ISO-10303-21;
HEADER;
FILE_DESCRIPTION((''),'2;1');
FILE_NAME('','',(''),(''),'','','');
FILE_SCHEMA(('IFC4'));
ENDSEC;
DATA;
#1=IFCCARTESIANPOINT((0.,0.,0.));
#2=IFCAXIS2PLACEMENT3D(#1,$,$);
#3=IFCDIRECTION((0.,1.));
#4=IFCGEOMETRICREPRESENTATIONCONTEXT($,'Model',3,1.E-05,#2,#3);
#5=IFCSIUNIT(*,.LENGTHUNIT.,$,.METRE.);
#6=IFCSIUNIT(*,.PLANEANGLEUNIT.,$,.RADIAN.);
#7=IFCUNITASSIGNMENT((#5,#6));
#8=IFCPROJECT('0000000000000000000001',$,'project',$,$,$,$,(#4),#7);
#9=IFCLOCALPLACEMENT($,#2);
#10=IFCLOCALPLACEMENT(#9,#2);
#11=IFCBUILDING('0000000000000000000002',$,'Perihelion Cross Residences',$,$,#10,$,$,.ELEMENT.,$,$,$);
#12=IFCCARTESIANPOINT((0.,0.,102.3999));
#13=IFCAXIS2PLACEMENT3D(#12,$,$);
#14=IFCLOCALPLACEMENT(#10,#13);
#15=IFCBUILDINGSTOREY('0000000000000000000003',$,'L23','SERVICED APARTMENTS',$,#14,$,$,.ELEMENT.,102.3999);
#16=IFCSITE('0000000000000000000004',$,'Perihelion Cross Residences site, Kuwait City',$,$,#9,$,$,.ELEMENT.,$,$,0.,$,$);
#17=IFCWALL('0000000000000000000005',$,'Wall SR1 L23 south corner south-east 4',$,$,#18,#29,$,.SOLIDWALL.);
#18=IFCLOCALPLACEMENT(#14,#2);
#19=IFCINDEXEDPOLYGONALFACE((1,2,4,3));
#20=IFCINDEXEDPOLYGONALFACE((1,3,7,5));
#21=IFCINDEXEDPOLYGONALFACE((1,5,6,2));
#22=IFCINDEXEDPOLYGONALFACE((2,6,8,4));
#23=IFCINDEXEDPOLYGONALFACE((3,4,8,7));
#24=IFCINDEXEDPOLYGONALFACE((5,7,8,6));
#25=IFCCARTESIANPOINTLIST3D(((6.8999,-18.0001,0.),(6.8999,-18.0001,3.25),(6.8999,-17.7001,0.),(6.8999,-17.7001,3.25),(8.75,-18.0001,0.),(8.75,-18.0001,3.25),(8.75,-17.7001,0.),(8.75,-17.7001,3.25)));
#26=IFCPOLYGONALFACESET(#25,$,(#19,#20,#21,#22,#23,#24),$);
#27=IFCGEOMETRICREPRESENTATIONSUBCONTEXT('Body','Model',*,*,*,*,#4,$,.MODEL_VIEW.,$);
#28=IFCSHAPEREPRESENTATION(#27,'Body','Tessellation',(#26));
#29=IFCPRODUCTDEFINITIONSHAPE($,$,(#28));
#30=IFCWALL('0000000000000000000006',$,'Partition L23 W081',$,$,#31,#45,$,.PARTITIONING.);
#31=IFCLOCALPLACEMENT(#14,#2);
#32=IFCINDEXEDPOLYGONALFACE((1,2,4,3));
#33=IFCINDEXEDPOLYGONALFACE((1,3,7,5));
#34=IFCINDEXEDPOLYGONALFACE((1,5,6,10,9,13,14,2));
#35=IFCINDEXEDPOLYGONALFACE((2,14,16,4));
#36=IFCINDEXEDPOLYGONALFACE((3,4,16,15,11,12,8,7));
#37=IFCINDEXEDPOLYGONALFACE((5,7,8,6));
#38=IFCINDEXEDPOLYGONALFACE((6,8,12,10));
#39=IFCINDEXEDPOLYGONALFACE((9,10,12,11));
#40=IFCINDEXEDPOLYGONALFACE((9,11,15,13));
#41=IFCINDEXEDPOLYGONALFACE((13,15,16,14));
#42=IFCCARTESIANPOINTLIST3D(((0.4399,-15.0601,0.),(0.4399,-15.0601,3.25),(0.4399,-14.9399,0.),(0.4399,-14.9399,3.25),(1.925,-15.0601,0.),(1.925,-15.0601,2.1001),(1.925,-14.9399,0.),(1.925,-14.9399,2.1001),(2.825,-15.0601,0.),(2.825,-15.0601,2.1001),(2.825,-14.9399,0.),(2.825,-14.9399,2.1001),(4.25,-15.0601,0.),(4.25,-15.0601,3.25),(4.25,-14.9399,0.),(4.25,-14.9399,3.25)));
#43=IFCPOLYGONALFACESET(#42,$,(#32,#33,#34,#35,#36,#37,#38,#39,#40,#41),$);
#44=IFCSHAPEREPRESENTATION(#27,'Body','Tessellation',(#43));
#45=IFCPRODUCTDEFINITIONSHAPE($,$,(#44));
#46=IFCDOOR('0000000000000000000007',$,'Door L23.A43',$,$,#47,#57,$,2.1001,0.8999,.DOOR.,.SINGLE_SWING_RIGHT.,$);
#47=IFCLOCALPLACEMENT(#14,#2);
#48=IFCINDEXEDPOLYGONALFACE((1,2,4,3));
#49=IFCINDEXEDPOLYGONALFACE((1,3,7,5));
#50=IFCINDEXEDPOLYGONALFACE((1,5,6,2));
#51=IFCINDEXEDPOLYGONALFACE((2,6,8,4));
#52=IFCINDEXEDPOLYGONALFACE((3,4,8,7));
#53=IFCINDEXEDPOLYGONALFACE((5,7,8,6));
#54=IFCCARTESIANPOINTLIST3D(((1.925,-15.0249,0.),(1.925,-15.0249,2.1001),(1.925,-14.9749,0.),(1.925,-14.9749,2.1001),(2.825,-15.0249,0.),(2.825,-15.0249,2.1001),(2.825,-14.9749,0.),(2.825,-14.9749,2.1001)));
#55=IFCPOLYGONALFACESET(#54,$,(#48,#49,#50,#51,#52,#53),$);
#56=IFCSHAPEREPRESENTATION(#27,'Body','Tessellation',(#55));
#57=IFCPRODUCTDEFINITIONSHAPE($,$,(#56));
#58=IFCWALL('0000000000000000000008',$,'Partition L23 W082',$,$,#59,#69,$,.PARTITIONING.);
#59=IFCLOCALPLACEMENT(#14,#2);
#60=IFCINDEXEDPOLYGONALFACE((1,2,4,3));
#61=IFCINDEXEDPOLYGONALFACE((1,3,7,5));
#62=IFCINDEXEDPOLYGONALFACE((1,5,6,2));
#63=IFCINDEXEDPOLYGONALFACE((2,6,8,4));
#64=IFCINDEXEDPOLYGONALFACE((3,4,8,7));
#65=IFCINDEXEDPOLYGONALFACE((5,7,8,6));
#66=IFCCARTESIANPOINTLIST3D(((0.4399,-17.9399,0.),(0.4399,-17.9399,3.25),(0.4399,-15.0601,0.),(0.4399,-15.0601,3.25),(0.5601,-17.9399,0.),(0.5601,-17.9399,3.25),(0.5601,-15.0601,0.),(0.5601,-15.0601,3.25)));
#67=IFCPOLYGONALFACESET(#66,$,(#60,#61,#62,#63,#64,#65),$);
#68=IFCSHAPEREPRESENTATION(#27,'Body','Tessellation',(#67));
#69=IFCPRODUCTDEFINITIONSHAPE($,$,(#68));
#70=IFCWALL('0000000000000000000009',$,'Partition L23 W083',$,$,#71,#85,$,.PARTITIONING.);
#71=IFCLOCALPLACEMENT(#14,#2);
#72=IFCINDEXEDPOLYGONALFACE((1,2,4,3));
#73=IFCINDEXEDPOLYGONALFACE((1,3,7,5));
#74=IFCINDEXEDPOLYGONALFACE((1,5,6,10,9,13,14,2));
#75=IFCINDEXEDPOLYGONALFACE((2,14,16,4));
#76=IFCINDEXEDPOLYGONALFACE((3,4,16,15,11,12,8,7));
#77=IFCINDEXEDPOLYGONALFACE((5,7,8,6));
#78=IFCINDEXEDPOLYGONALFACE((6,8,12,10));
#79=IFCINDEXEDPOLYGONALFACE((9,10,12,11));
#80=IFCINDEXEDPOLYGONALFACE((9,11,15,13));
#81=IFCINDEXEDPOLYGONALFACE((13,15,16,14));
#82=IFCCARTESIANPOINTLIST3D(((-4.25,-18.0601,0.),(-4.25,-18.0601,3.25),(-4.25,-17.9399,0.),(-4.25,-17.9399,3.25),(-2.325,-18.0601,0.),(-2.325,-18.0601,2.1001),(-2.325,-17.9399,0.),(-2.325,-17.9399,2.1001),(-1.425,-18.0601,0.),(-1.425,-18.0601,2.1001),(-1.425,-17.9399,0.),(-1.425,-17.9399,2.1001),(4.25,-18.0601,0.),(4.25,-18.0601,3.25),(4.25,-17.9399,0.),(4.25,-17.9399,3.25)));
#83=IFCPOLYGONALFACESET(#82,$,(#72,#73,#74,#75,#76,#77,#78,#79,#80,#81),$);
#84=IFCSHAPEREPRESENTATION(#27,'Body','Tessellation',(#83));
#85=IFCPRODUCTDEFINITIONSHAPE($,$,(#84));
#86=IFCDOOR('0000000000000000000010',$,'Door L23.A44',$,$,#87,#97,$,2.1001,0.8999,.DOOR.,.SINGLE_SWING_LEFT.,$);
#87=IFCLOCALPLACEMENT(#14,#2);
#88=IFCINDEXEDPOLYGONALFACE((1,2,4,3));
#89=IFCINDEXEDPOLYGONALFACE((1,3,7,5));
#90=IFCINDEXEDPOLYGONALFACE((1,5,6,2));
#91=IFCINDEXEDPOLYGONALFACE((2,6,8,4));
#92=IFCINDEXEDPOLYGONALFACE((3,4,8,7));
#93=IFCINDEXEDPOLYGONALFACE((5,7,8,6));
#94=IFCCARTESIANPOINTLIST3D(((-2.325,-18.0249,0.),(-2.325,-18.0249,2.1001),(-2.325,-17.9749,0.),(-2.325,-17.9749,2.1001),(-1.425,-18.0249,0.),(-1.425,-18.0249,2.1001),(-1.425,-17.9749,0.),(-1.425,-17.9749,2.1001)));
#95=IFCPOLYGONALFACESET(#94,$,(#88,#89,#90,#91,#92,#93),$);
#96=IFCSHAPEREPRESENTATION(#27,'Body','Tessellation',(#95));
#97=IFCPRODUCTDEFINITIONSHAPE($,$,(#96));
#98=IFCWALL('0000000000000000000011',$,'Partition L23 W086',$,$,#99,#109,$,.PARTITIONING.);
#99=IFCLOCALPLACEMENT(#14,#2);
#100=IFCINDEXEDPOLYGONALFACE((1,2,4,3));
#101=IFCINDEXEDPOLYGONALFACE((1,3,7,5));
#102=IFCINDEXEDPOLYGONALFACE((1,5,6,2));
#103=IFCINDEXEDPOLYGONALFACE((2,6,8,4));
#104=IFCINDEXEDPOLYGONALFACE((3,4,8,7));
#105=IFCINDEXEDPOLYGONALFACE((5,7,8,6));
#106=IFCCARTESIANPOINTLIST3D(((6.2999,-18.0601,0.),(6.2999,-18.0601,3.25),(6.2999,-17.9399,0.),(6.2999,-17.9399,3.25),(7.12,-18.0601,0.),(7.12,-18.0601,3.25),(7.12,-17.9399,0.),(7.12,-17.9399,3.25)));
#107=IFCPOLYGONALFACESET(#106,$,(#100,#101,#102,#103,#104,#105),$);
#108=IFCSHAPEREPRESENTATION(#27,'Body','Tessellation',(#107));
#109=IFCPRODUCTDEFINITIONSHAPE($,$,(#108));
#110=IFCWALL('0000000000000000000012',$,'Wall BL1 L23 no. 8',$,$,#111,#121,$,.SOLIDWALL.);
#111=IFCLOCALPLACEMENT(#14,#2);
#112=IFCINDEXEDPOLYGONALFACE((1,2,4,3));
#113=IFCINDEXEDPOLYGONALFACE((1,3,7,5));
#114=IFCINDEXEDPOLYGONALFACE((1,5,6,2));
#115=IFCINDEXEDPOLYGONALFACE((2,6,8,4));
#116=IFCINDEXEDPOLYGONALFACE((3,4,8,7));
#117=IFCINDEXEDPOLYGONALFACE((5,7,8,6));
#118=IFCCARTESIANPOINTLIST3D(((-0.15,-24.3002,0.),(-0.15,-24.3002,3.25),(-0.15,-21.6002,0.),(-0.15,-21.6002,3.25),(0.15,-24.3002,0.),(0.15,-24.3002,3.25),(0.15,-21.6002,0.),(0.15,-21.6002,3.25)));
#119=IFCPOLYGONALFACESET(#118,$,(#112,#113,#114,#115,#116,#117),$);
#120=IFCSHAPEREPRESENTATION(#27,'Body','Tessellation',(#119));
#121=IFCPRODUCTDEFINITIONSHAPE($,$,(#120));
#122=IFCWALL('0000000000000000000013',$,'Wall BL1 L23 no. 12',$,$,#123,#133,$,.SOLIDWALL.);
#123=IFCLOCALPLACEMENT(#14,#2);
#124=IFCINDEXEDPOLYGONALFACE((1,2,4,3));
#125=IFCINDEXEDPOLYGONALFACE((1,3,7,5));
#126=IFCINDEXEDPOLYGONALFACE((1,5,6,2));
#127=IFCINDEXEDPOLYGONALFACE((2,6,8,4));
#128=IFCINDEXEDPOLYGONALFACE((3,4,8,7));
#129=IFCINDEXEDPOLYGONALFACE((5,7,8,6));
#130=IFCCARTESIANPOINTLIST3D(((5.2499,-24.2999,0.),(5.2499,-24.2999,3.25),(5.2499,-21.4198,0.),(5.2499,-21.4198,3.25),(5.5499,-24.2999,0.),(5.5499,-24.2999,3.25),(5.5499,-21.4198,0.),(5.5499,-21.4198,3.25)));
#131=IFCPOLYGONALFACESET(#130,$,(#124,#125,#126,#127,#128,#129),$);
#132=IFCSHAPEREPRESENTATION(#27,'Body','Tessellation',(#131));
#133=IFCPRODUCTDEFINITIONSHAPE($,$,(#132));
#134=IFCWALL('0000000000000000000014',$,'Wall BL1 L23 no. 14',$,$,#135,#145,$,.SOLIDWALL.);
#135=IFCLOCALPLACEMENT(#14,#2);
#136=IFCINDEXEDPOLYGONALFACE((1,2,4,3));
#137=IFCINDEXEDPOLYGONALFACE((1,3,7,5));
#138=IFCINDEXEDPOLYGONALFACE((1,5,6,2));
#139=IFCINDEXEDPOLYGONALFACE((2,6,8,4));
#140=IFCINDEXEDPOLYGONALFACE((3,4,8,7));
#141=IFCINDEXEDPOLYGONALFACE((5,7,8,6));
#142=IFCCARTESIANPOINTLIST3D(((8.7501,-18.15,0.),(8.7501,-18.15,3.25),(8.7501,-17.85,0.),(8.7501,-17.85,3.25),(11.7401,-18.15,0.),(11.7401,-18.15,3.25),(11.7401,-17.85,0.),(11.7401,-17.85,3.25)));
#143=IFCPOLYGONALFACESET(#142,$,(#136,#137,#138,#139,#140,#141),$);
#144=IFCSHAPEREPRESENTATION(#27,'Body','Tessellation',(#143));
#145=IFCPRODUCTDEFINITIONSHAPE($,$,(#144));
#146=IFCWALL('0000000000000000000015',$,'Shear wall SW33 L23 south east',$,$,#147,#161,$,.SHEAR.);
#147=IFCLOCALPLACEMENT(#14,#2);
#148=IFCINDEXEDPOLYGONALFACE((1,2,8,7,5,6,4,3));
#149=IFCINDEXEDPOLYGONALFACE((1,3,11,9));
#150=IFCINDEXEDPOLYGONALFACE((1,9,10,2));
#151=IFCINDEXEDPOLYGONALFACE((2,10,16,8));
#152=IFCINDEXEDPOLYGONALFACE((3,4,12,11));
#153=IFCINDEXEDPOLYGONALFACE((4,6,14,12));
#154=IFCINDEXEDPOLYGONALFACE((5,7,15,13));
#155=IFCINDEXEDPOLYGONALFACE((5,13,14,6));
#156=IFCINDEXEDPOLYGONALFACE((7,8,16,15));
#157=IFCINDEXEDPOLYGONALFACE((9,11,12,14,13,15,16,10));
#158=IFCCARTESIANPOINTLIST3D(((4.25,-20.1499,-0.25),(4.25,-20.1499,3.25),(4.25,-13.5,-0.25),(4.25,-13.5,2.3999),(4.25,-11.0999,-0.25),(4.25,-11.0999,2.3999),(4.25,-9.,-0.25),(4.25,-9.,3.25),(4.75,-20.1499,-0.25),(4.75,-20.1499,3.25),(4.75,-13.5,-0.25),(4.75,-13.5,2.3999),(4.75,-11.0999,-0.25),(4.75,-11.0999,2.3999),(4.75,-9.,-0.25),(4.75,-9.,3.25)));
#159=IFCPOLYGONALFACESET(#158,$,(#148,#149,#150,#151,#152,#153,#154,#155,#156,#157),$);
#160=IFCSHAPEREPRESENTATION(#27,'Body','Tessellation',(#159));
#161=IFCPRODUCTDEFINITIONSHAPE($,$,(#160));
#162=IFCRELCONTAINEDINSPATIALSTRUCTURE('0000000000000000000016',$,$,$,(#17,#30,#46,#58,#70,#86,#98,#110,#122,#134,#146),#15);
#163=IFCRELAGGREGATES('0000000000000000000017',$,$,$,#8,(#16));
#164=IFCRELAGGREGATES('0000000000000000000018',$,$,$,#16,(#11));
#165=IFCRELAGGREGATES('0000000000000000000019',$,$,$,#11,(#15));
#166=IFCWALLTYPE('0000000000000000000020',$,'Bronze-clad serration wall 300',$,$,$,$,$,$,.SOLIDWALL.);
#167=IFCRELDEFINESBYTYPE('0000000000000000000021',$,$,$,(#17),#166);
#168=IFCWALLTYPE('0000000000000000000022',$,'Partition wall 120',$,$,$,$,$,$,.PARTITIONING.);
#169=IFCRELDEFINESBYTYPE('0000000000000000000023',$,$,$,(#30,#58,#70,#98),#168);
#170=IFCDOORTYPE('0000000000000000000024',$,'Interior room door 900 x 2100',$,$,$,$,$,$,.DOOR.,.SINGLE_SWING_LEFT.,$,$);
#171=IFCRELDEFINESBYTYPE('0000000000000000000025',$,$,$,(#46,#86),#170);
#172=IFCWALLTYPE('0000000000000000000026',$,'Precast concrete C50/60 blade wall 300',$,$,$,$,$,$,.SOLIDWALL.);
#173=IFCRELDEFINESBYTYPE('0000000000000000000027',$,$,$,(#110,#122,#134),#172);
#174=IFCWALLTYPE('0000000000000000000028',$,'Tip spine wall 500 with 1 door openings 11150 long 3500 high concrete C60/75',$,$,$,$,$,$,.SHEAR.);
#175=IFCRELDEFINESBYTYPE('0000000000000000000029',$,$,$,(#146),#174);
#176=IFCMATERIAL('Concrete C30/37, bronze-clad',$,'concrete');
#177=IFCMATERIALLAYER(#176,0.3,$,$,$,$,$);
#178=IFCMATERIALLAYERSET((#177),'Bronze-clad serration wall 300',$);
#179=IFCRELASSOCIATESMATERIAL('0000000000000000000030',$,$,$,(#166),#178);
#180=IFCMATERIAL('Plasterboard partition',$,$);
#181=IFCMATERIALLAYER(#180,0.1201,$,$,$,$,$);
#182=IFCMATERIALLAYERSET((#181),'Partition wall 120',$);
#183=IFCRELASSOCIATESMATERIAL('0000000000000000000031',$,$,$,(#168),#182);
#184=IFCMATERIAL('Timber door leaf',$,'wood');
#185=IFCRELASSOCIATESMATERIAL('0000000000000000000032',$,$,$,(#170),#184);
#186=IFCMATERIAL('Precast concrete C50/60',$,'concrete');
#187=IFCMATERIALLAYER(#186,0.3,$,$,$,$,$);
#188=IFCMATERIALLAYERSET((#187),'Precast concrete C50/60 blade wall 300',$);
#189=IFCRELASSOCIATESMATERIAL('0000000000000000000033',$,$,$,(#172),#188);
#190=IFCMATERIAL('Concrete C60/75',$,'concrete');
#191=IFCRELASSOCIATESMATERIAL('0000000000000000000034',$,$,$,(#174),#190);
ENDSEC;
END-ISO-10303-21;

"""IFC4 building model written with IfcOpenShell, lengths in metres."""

from ifc_helpers import new_model, si_unit, direction, frame, frame_2d, origin, place, context, subcontext, project, spatial, polyline, rectangle, outline, extrude, material, layer, layer_set, material_profile, profile_set, type_object, element, fill, save


model = new_model("IFC4")

# Units and contexts
model_context = context("Model", 3, precision=1e-05, world=origin(), true_north=direction((0.0, 1.0)))
body_context = subcontext(model_context, "Body", "Model", "MODEL_VIEW")
ifc_project = project(units=[si_unit("LENGTHUNIT", "METRE"), si_unit("PLANEANGLEUNIT", "RADIAN")], contexts=[model_context])

# Site, building, storey
site_placement = place(None, origin())
site = spatial("IfcSite", under=ifc_project, at=site_placement, Name="Perihelion Cross Residences site, Kuwait City", CompositionType="ELEMENT", RefElevation=0.0)
building_placement = place(site_placement, origin())
building = spatial("IfcBuilding", under=site, at=building_placement, Name="Perihelion Cross Residences", CompositionType="ELEMENT")
storey_placement = place(building_placement, frame((0.0, 0.0, 102.3999)))
storey = spatial("IfcBuildingStorey", under=building, at=storey_placement, Name="L23", Description="SERVICED APARTMENTS", CompositionType="ELEMENT", Elevation=102.3999)

# Wall
ifc_material_1 = material(Name="Concrete C30/37, bronze-clad", Category="concrete")
ifc_layer_1 = layer(ifc_material_1, 0.3)
ifc_layer_set_1 = layer_set([ifc_layer_1], Name="Bronze-clad serration wall 300")
wall_type_1 = type_object("IfcWallType", Name="Bronze-clad serration wall 300", PredefinedType="SOLIDWALL", material=ifc_layer_set_1)
wall_1_placement = place(storey_placement, frame((6.8999, -17.8501, 0.0), z_axis=(0.0, 0.0, 1.0), x_axis=(1.0, 0.0, 0.0)))
element("IfcWall", 1, at=wall_1_placement, inside=storey, type_object=wall_type_1, Name="Wall SR1 L23 south corner south-east 4", PredefinedType="SOLIDWALL", context=body_context, shape_type="SweptSolid", body=[
    extrude(rectangle(XDim=1.8501, YDim=0.3, at=frame_2d((0.925, 0.0))), origin(), (0.0, 0.0, 1.0), 3.25),
])

# Wall, opening, door
ifc_material_2 = material(Name="Plasterboard partition")
ifc_layer_2 = layer(ifc_material_2, 0.1201)
ifc_layer_set_2 = layer_set([ifc_layer_2], Name="Partition wall 120")
wall_type_2 = type_object("IfcWallType", Name="Partition wall 120", PredefinedType="PARTITIONING", material=ifc_layer_set_2)
wall_2_placement = place(storey_placement, frame((4.25, -15.0, 0.0), z_axis=(0.0, 0.0, 1.0), x_axis=(-1.0, 0.0, 0.0)))
wall_2 = element("IfcWall", 2, at=wall_2_placement, inside=storey, type_object=wall_type_2, Name="Partition L23 W081", PredefinedType="PARTITIONING", context=body_context, shape_type="SweptSolid", body=[
    extrude(rectangle(XDim=3.8101, YDim=0.1201, at=frame_2d((1.905, 0.0))), origin(), (0.0, 0.0, 1.0), 3.25),
])
opening_1_placement = place(wall_2_placement, frame((1.425, 0.0, 0.0)))
opening_1 = element("IfcOpeningElement", 3, at=opening_1_placement, cuts=wall_2, PredefinedType="OPENING", context=body_context, shape_type="SweptSolid", body=[
    extrude(rectangle(XDim=0.8999, YDim=2.1001, at=frame_2d((0.45, 1.05))), frame((0.0, 0.0701, 0.0), z_axis=(0.0, -1.0, 0.0), x_axis=(1.0, 0.0, 0.0)), (0.0, 0.0, 1.0), 0.1401),
])
ifc_material_3 = material(Name="Timber door leaf", Category="wood")
door_type_1 = type_object("IfcDoorType", Name="Interior room door 900 x 2100", OperationType="SINGLE_SWING_LEFT", PredefinedType="DOOR", material=ifc_material_3)
door_1_placement = place(opening_1_placement, origin())
door_1 = element("IfcDoor", 4, at=door_1_placement, inside=storey, type_object=door_type_1, Name="Door L23.A43", OperationType="SINGLE_SWING_RIGHT", OverallHeight=2.1001, OverallWidth=0.8999, PredefinedType="DOOR", context=body_context, shape_type="SweptSolid", body=[
    extrude(rectangle(XDim=0.8999, YDim=2.1001, at=frame_2d((0.45, 1.05))), frame((0.0, 0.0249, 0.0), z_axis=(0.0, -1.0, 0.0), x_axis=(1.0, 0.0, 0.0)), (0.0, 0.0, 1.0), 0.05),
])
fill(opening_1, door_1)

# Wall
wall_3_placement = place(storey_placement, frame((0.5, -15.0601, 0.0), z_axis=(0.0, 0.0, 1.0), x_axis=(0.0, -1.0, 0.0)))
element("IfcWall", 5, at=wall_3_placement, inside=storey, type_object=wall_type_2, Name="Partition L23 W082", PredefinedType="PARTITIONING", context=body_context, shape_type="SweptSolid", body=[
    extrude(rectangle(XDim=2.8799, YDim=0.1201, at=frame_2d((1.4399, 0.0))), origin(), (0.0, 0.0, 1.0), 3.25),
])

# Wall, opening, door
wall_4_placement = place(storey_placement, frame((4.25, -18.0, 0.0), z_axis=(0.0, 0.0, 1.0), x_axis=(-1.0, 0.0, 0.0)))
wall_4 = element("IfcWall", 6, at=wall_4_placement, inside=storey, type_object=wall_type_2, Name="Partition L23 W083", PredefinedType="PARTITIONING", context=body_context, shape_type="SweptSolid", body=[
    extrude(rectangle(XDim=8.5, YDim=0.1201, at=frame_2d((4.25, 0.0))), origin(), (0.0, 0.0, 1.0), 3.25),
])
opening_2_placement = place(wall_4_placement, frame((5.675, 0.0, 0.0)))
opening_2 = element("IfcOpeningElement", 7, at=opening_2_placement, cuts=wall_4, PredefinedType="OPENING", context=body_context, shape_type="SweptSolid", body=[
    extrude(rectangle(XDim=0.8999, YDim=2.1001, at=frame_2d((0.45, 1.05))), frame((0.0, 0.0701, 0.0), z_axis=(0.0, -1.0, 0.0), x_axis=(1.0, 0.0, 0.0)), (0.0, 0.0, 1.0), 0.1401),
])
door_2_placement = place(opening_2_placement, origin())
door_2 = element("IfcDoor", 8, at=door_2_placement, inside=storey, type_object=door_type_1, Name="Door L23.A44", OperationType="SINGLE_SWING_LEFT", OverallHeight=2.1001, OverallWidth=0.8999, PredefinedType="DOOR", context=body_context, shape_type="SweptSolid", body=[
    extrude(rectangle(XDim=0.8999, YDim=2.1001, at=frame_2d((0.45, 1.05))), frame((0.0, 0.0249, 0.0), z_axis=(0.0, -1.0, 0.0), x_axis=(1.0, 0.0, 0.0)), (0.0, 0.0, 1.0), 0.05),
])
fill(opening_2, door_2)

# Walls
wall_5_placement = place(storey_placement, frame((7.1201, -18.0, 0.0), z_axis=(0.0, 0.0, 1.0), x_axis=(-1.0, 0.0, 0.0)))
element("IfcWall", 9, at=wall_5_placement, inside=storey, type_object=wall_type_2, Name="Partition L23 W086", PredefinedType="PARTITIONING", context=body_context, shape_type="SweptSolid", body=[
    extrude(rectangle(XDim=0.8201, YDim=0.1201, at=frame_2d((0.4102, 0.0))), origin(), (0.0, 0.0, 1.0), 3.25),
])
ifc_material_4 = material(Name="Precast concrete C50/60", Category="concrete")
ifc_layer_3 = layer(ifc_material_4, 0.3)
ifc_layer_set_3 = layer_set([ifc_layer_3], Name="Precast concrete C50/60 blade wall 300")
wall_type_3 = type_object("IfcWallType", Name="Precast concrete C50/60 blade wall 300", PredefinedType="SOLIDWALL", material=ifc_layer_set_3)
wall_6_placement = place(storey_placement, frame((0.0, -21.6001, 0.0), z_axis=(0.0, 0.0, 1.0), x_axis=(0.0, -1.0, 0.0)))
element("IfcWall", 10, at=wall_6_placement, inside=storey, type_object=wall_type_3, Name="Wall BL1 L23 no. 8", PredefinedType="SOLIDWALL", context=body_context, shape_type="SweptSolid", body=[
    extrude(rectangle(XDim=2.7, YDim=0.3, at=frame_2d((1.3501, 0.0))), origin(), (0.0, 0.0, 1.0), 3.25),
])
wall_7_placement = place(storey_placement, frame((5.3999, -21.4199, 0.0), z_axis=(0.0, 0.0, 1.0), x_axis=(0.0, -1.0, 0.0)))
element("IfcWall", 11, at=wall_7_placement, inside=storey, type_object=wall_type_3, Name="Wall BL1 L23 no. 12", PredefinedType="SOLIDWALL", context=body_context, shape_type="SweptSolid", body=[
    extrude(rectangle(XDim=2.8801, YDim=0.3, at=frame_2d((1.4399, 0.0))), origin(), (0.0, 0.0, 1.0), 3.25),
])
wall_8_placement = place(storey_placement, frame((8.75, -18.0, 0.0), z_axis=(0.0, 0.0, 1.0), x_axis=(1.0, 0.0, 0.0)))
element("IfcWall", 12, at=wall_8_placement, inside=storey, type_object=wall_type_3, Name="Wall BL1 L23 no. 14", PredefinedType="SOLIDWALL", context=body_context, shape_type="SweptSolid", body=[
    extrude(rectangle(XDim=2.99, YDim=0.3, at=frame_2d((1.4951, 0.0))), origin(), (0.0, 0.0, 1.0), 3.25),
])
ifc_material_5 = material(Name="Concrete C60/75", Category="concrete")
ifc_material_profile_1 = material_profile(ifc_material_5, outline(polyline([(0.0, 0.0), (6.6499, 0.0), (6.6499, 2.6499), (9.05, 2.6499), (9.05, 0.0), (11.1499, 0.0), (11.1499, 3.5), (0.0, 3.5), (0.0, 0.0)])), Name="Tip spine wall")
ifc_profile_set_1 = profile_set([ifc_material_profile_1], Name="Concrete C60/75")
wall_type_4 = type_object("IfcWallType", Name="Tip spine wall 500 with 1 door openings 11150 long 3500 high concrete C60/75", PredefinedType="SHEAR", material=ifc_profile_set_1)
wall_9_placement = place(storey_placement, frame((4.25, -20.1499, -0.25), z_axis=(1.0, 0.0, 0.0), x_axis=(0.0, 1.0, 0.0)))
element("IfcWall", 13, at=wall_9_placement, inside=storey, type_object=wall_type_4, Name="Shear wall SW33 L23 south east", PredefinedType="SHEAR", context=body_context, shape_type="SweptSolid", body=[
    extrude(outline(polyline([(0.0, 0.0), (6.6499, 0.0), (6.6499, 2.6499), (9.05, 2.6499), (9.05, 0.0), (11.1499, 0.0), (11.1499, 3.5), (0.0, 3.5), (0.0, 0.0)])), origin(), (0.0, 0.0, 1.0), 0.5),
])

save(model, "model.ifc")
